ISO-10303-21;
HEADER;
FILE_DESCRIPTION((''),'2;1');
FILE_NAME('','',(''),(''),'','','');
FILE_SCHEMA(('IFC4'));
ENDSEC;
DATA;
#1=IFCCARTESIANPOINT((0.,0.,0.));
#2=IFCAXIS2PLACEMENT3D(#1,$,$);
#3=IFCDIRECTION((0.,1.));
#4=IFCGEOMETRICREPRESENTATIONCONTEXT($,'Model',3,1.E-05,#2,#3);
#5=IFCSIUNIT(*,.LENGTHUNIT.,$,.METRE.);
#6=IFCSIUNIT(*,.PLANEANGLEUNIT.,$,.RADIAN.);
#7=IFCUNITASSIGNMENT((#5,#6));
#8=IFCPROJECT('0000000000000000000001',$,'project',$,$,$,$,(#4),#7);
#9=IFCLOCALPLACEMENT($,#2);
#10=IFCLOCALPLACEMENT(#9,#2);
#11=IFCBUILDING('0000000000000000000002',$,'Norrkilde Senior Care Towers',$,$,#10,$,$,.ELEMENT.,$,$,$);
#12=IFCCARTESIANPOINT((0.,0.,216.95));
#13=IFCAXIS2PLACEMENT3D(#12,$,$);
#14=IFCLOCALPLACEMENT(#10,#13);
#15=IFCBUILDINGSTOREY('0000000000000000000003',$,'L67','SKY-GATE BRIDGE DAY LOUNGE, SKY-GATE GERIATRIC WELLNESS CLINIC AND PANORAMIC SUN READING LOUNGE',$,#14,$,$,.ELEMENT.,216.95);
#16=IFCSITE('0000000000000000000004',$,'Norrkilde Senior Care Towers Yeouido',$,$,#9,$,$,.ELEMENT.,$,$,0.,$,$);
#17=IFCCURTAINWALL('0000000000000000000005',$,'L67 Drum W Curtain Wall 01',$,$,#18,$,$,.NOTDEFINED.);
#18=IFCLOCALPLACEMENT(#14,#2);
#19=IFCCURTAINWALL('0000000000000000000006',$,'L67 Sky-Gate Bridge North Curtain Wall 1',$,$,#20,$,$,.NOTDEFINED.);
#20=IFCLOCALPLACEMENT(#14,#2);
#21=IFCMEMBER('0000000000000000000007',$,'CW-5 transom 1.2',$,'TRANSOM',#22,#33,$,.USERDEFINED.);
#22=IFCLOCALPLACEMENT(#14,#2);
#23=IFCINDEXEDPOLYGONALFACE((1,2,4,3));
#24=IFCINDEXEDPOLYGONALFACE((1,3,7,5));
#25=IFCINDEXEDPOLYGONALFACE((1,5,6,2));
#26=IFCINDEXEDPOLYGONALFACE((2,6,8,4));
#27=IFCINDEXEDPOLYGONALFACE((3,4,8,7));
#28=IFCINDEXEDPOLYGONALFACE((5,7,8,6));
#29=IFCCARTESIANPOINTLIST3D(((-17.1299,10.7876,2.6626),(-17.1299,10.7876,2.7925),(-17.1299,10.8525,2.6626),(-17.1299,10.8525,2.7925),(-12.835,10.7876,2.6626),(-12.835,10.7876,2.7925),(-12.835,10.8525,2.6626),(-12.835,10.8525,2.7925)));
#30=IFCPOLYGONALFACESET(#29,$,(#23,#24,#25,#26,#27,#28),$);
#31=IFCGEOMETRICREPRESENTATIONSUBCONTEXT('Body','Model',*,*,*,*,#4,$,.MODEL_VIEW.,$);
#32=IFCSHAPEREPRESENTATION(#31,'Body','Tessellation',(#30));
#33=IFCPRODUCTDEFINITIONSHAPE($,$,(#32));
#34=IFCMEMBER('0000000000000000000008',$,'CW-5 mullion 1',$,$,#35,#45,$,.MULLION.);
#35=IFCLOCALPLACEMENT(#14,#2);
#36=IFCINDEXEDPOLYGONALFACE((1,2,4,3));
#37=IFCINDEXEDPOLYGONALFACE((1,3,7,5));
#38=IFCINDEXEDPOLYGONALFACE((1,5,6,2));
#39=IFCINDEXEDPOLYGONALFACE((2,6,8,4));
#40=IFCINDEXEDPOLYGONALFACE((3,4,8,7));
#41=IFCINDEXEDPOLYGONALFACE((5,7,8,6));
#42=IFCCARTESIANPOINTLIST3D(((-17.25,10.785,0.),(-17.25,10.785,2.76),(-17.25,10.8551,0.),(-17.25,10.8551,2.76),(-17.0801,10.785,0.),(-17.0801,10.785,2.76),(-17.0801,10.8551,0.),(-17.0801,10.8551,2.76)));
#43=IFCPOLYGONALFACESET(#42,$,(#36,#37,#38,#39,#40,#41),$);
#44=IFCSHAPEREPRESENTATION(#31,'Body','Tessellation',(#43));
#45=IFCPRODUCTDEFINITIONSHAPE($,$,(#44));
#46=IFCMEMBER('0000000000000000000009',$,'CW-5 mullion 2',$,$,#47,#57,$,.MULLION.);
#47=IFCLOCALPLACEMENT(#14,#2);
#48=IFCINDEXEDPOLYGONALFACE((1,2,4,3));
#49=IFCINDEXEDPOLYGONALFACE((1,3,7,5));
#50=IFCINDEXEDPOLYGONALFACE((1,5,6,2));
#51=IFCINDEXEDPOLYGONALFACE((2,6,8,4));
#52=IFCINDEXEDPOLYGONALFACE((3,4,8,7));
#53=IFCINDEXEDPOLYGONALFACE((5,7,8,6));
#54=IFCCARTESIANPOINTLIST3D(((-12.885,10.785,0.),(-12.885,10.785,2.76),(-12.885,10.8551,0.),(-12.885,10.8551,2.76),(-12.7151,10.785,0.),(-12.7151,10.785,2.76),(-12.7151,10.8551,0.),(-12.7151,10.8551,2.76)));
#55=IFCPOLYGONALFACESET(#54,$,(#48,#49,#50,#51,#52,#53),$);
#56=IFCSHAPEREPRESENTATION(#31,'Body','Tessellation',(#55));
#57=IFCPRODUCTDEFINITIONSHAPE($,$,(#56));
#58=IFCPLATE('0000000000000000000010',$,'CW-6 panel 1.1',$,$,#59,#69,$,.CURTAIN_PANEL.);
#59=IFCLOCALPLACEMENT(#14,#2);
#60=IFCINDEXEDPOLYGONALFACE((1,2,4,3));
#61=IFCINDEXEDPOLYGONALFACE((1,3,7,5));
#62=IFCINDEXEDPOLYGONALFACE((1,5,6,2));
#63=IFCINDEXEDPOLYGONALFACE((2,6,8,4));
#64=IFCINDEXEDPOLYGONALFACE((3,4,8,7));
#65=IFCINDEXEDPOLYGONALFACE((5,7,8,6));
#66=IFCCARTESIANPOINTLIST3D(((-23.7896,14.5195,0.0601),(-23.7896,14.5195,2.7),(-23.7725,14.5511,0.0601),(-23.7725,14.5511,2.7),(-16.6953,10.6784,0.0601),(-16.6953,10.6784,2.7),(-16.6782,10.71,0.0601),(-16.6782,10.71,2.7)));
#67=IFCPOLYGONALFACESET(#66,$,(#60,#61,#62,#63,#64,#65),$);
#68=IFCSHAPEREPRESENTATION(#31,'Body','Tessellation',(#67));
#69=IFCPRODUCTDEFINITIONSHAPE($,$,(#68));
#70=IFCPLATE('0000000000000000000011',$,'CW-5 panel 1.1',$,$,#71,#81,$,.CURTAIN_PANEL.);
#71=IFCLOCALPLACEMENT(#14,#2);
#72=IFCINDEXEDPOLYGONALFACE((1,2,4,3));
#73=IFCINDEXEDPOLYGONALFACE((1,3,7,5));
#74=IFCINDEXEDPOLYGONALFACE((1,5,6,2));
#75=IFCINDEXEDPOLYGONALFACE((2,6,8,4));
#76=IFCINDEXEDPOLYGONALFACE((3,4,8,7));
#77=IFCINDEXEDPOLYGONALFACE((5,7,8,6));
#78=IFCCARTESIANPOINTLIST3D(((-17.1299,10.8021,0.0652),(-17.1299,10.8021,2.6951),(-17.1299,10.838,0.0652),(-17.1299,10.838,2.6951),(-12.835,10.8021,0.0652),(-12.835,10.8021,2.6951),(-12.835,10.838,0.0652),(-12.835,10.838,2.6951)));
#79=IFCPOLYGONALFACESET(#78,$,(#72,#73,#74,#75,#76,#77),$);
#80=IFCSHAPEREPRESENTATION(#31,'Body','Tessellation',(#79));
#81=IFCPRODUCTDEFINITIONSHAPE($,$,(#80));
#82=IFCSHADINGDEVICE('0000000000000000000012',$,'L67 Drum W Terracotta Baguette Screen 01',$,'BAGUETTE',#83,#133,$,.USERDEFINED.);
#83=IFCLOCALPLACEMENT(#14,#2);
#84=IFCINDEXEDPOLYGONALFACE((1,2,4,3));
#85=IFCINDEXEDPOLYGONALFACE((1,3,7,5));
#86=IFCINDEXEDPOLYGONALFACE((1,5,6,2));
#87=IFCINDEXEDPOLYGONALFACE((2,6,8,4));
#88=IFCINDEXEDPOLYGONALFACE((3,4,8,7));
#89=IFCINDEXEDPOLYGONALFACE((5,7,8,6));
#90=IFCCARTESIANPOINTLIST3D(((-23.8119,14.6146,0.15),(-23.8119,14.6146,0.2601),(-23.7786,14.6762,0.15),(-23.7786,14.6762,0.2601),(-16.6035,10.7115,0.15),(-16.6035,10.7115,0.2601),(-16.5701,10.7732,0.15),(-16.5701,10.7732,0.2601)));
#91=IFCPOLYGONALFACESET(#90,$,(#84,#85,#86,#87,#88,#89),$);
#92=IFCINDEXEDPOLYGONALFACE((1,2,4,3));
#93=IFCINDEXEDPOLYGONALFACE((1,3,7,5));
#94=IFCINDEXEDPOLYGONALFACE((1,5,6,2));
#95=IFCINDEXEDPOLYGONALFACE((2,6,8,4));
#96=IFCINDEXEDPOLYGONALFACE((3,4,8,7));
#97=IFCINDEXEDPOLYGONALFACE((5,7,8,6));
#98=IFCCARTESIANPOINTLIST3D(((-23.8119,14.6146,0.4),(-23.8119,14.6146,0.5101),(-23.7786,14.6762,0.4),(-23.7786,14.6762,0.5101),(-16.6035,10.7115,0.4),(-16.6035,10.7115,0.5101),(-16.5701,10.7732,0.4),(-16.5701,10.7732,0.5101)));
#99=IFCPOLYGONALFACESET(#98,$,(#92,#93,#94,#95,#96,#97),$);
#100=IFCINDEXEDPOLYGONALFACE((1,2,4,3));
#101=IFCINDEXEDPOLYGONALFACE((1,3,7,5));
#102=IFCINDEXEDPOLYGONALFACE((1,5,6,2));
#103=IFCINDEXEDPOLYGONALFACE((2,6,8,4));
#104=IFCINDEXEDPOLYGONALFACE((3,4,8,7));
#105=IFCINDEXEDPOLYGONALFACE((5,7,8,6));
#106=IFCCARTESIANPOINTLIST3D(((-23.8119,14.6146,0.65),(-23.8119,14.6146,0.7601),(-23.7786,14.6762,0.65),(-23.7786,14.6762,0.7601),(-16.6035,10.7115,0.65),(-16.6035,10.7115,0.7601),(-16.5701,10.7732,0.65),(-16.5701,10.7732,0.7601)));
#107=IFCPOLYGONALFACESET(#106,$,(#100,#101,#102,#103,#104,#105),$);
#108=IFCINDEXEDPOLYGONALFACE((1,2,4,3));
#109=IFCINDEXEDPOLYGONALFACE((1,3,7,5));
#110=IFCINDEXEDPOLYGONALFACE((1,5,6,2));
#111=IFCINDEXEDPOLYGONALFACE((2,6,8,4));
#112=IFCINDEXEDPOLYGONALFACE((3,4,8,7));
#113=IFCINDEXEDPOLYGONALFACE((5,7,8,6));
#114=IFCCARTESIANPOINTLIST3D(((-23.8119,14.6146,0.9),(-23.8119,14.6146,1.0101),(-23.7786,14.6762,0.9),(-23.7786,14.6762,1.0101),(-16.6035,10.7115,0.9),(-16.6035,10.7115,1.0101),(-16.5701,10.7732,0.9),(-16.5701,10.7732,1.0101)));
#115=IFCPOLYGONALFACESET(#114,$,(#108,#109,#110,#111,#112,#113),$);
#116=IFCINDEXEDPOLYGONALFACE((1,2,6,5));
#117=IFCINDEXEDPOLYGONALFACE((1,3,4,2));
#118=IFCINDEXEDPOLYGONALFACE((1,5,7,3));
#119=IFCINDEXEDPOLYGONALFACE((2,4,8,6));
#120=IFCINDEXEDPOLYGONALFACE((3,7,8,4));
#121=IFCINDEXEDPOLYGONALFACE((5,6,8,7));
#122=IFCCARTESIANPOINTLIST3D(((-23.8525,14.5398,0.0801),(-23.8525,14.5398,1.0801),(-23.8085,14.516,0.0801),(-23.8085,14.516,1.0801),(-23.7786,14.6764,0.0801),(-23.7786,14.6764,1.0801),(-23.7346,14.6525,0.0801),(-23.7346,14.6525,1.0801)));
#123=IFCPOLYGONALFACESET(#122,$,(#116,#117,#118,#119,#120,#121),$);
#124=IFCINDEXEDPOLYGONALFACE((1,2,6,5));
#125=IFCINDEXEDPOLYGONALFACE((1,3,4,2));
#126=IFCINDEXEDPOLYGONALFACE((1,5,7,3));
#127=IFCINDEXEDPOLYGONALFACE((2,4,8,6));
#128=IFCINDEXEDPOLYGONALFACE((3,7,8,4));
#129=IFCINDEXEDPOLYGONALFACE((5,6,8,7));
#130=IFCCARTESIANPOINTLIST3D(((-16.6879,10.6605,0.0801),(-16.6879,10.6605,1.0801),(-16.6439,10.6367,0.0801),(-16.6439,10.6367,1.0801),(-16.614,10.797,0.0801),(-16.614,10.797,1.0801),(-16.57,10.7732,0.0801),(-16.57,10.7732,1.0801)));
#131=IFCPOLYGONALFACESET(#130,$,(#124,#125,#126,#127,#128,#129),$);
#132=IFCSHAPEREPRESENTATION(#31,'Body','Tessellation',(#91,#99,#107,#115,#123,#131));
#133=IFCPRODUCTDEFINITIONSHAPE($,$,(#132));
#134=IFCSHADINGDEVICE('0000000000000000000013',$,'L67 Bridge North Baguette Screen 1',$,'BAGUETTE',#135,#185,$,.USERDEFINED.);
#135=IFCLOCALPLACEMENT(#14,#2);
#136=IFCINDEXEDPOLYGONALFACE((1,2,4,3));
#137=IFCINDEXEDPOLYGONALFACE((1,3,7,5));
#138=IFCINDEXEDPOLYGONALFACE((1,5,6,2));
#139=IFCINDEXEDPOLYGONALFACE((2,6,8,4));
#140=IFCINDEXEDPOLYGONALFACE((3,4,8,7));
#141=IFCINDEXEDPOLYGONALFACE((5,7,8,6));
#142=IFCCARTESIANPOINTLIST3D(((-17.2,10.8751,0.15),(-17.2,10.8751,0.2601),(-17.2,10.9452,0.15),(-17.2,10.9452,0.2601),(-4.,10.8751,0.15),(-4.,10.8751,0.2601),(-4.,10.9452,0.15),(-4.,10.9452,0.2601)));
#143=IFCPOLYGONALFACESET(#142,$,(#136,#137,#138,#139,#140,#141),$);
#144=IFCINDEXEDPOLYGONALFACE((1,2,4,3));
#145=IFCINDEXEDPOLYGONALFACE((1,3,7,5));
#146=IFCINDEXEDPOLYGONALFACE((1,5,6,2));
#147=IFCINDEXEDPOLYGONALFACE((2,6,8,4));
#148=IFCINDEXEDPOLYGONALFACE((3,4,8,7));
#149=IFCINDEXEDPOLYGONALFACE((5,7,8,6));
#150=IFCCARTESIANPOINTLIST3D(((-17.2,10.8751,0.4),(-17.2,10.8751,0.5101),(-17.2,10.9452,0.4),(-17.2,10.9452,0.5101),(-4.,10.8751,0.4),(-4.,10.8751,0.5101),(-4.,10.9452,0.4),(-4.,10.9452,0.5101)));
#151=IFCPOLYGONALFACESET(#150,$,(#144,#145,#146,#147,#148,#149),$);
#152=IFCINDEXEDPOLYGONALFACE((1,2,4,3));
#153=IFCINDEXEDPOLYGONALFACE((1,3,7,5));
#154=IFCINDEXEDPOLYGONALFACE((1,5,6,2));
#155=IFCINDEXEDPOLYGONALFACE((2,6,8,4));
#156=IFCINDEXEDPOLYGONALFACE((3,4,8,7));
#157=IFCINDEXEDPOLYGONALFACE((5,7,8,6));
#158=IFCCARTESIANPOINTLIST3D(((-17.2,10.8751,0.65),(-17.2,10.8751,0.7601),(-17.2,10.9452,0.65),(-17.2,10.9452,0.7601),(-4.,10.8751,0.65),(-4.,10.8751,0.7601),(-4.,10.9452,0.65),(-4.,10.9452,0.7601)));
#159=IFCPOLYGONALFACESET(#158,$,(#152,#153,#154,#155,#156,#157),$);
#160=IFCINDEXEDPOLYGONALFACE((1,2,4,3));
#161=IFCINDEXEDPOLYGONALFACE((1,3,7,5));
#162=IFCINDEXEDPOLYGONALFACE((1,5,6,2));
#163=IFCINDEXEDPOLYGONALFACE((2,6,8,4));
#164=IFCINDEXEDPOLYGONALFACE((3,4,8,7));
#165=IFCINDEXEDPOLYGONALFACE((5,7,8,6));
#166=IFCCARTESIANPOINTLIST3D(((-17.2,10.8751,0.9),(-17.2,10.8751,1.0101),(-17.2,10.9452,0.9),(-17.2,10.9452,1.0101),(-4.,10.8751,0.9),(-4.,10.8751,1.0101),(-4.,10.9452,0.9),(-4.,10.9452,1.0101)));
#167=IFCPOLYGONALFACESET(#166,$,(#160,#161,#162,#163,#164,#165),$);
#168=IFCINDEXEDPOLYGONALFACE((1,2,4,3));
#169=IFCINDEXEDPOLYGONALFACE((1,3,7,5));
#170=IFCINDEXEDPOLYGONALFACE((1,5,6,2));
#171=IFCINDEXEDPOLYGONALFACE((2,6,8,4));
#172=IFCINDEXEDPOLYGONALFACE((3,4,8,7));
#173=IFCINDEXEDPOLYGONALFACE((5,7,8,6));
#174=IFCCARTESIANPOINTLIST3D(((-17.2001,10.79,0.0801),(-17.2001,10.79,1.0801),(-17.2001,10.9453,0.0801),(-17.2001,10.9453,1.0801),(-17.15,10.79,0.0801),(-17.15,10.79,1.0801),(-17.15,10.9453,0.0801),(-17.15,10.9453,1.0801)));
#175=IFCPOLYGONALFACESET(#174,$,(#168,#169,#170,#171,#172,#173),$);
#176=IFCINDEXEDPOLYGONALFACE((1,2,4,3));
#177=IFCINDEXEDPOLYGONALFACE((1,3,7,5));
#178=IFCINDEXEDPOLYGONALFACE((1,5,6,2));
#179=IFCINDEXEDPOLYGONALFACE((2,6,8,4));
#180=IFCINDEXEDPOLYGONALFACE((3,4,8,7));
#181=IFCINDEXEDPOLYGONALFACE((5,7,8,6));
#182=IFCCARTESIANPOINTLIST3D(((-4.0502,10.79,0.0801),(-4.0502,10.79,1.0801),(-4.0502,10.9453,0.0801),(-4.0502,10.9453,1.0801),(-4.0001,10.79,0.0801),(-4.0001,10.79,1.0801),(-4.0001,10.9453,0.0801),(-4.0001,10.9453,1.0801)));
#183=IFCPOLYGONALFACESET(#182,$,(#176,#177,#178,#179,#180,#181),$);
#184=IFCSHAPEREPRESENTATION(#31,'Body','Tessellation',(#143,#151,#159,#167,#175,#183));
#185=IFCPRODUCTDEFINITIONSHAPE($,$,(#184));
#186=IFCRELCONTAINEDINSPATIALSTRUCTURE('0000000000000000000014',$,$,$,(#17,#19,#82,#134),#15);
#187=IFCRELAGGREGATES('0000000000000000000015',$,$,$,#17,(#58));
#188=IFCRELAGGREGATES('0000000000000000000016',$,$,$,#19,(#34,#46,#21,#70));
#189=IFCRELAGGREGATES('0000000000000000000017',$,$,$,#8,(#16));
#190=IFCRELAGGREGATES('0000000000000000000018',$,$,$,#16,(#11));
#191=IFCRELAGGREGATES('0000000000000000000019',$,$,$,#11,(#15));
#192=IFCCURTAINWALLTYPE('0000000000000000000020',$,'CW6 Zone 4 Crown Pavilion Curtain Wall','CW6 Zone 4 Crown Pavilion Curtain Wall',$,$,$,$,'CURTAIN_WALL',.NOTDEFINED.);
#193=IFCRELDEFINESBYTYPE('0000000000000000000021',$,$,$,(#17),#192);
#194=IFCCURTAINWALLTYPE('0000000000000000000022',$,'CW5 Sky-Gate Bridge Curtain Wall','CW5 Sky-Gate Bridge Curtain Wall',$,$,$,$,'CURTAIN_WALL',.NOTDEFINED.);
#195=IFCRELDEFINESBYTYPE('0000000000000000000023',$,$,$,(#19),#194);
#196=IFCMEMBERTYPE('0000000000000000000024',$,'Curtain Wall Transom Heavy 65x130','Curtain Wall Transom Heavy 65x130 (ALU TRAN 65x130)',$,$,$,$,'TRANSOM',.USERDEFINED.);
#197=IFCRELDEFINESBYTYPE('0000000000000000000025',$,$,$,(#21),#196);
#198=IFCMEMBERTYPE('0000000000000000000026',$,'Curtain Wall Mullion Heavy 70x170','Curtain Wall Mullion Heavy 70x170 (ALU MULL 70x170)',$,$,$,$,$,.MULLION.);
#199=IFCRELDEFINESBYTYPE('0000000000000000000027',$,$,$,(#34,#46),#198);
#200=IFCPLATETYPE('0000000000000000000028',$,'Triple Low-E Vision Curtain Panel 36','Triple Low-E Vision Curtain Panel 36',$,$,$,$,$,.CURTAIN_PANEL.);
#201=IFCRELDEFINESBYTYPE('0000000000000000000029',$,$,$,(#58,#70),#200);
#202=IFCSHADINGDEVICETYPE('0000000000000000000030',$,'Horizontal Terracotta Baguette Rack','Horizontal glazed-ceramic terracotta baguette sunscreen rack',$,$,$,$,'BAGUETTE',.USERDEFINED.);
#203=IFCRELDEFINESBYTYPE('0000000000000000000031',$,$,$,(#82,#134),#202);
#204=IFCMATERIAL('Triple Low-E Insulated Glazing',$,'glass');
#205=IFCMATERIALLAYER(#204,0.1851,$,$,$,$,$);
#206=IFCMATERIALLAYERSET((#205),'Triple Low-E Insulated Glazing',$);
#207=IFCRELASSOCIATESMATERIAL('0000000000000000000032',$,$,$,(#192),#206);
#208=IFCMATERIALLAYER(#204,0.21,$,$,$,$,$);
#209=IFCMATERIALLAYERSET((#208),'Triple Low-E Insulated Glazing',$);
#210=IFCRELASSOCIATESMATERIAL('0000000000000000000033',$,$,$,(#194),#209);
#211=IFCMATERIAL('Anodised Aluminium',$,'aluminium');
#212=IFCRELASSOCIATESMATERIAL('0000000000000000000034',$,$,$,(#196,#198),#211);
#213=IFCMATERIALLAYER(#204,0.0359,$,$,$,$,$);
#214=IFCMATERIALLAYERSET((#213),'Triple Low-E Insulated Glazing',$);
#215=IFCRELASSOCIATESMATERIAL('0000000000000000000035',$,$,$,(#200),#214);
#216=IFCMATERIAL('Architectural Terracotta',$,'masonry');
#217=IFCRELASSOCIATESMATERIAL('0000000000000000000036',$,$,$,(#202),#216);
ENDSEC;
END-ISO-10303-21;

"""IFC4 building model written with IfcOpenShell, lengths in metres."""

from ifc_helpers import new_model, si_unit, direction, frame, origin, origin_2d, place, context, subcontext, project, spatial, rectangle, extrude, source, transform, mapped, material, layer, layer_set, material_profile, profile_set, type_object, type_shapes, element, aggregate, save


model = new_model("IFC4")

# Units and contexts
model_context = context("Model", 3, precision=1e-05, world=origin(), true_north=direction((0.0, 1.0)))
body_context = subcontext(model_context, "Body", "Model", "MODEL_VIEW")
ifc_project = project(units=[si_unit("LENGTHUNIT", "METRE"), si_unit("PLANEANGLEUNIT", "RADIAN")], contexts=[model_context])

# Site, building, storey
site_placement = place(None, origin())
site = spatial("IfcSite", under=ifc_project, at=site_placement, Name="Norrkilde Senior Care Towers Yeouido", CompositionType="ELEMENT", RefElevation=0.0)
building_placement = place(site_placement, origin())
building = spatial("IfcBuilding", under=site, at=building_placement, Name="Norrkilde Senior Care Towers", CompositionType="ELEMENT")
storey_placement = place(building_placement, frame((0.0, 0.0, 216.95)))
storey = spatial("IfcBuildingStorey", under=building, at=storey_placement, Name="L67", Description="SKY-GATE BRIDGE DAY LOUNGE, SKY-GATE GERIATRIC WELLNESS CLINIC AND PANORAMIC SUN READING LOUNGE", CompositionType="ELEMENT", Elevation=216.95)

# Curtain wall
ifc_material_1 = material(Name="Triple Low-E Insulated Glazing", Category="glass")
ifc_layer_1 = layer(ifc_material_1, 0.1851)
ifc_layer_set_1 = layer_set([ifc_layer_1], Name="Triple Low-E Insulated Glazing")
curtain_wall_type_1 = type_object("IfcCurtainWallType", Name="CW6 Zone 4 Crown Pavilion Curtain Wall", Description="CW6 Zone 4 Crown Pavilion Curtain Wall", ElementType="CURTAIN_WALL", PredefinedType="NOTDEFINED", material=ifc_layer_set_1)
curtain_wall_1_placement = place(storey_placement, origin())
curtain_wall_1 = element("IfcCurtainWall", 1, at=curtain_wall_1_placement, inside=storey, type_object=curtain_wall_type_1, Name="L67 Drum W Curtain Wall 01", PredefinedType="NOTDEFINED")
ifc_material_2 = material(Name="Anodised Aluminium", Category="aluminium")

# Curtain wall, members
ifc_layer_2 = layer(ifc_material_1, 0.21)
ifc_layer_set_2 = layer_set([ifc_layer_2], Name="Triple Low-E Insulated Glazing")
curtain_wall_type_2 = type_object("IfcCurtainWallType", Name="CW5 Sky-Gate Bridge Curtain Wall", Description="CW5 Sky-Gate Bridge Curtain Wall", ElementType="CURTAIN_WALL", PredefinedType="NOTDEFINED", material=ifc_layer_set_2)
curtain_wall_2_placement = place(storey_placement, origin())
curtain_wall_2 = element("IfcCurtainWall", 2, at=curtain_wall_2_placement, inside=storey, type_object=curtain_wall_type_2, Name="L67 Sky-Gate Bridge North Curtain Wall 1", PredefinedType="NOTDEFINED")
ifc_material_profile_1 = material_profile(ifc_material_2, rectangle(XDim=0.0649, YDim=0.1299, at=origin_2d()), Name="ALU TRAN 65x130")
ifc_profile_set_1 = profile_set([ifc_material_profile_1], Name="Anodised Aluminium")
member_type_1 = type_object("IfcMemberType", Name="Curtain Wall Transom Heavy 65x130", Description="Curtain Wall Transom Heavy 65x130 (ALU TRAN 65x130)", ElementType="TRANSOM", PredefinedType="USERDEFINED", material=ifc_profile_set_1)
shared_shape_1 = source(origin(), body_context, "Body", "SweptSolid", [
    extrude(rectangle(XDim=0.0649, YDim=0.1299, at=origin_2d()), origin(), (0.0, 0.0, 1.0), 4.2949),
])
type_shapes(member_type_1, [shared_shape_1])
member_1_placement = place(storey_placement, frame((-17.1299, 10.8201, 2.7275), z_axis=(1.0, 0.0, 0.0), x_axis=(0.0, 1.0, 0.0)))
member_1 = element("IfcMember", 3, at=member_1_placement, type_object=member_type_1, Name="CW-5 transom 1.2", ObjectType="TRANSOM", PredefinedType="USERDEFINED", context=body_context, shape_type="MappedRepresentation", body=[
    mapped(shared_shape_1, transform((0.0, 0.0, 0.0), x_axis=(1.0, 0.0, 0.0), y_axis=(0.0, 1.0, 0.0), z_axis=(0.0, 0.0, 1.0), scale=1.0)),
])
ifc_material_profile_2 = material_profile(ifc_material_2, rectangle(XDim=0.0701, YDim=0.1699, at=origin_2d()), Name="ALU MULL 70x170")
ifc_profile_set_2 = profile_set([ifc_material_profile_2], Name="Anodised Aluminium")
member_type_2 = type_object("IfcMemberType", Name="Curtain Wall Mullion Heavy 70x170", Description="Curtain Wall Mullion Heavy 70x170 (ALU MULL 70x170)", PredefinedType="MULLION", material=ifc_profile_set_2)
shared_shape_2 = source(origin(), body_context, "Body", "SweptSolid", [
    extrude(rectangle(XDim=0.0701, YDim=0.1699, at=origin_2d()), origin(), (0.0, 0.0, 1.0), 2.76),
])
type_shapes(member_type_2, [shared_shape_2])
member_2_placement = place(storey_placement, frame((-17.165, 10.8201, 0.0), z_axis=(0.0, 0.0, 1.0), x_axis=(0.0, 1.0, 0.0)))
member_2 = element("IfcMember", 4, at=member_2_placement, type_object=member_type_2, Name="CW-5 mullion 1", PredefinedType="MULLION", context=body_context, shape_type="MappedRepresentation", body=[
    mapped(shared_shape_2, transform((0.0, 0.0, 0.0), x_axis=(1.0, 0.0, 0.0), y_axis=(0.0, 1.0, 0.0), z_axis=(0.0, 0.0, 1.0), scale=1.0)),
])
member_3_placement = place(storey_placement, frame((-12.8, 10.8201, 0.0), z_axis=(0.0, 0.0, 1.0), x_axis=(0.0, 1.0, 0.0)))
member_3 = element("IfcMember", 5, at=member_3_placement, type_object=member_type_2, Name="CW-5 mullion 2", PredefinedType="MULLION", context=body_context, shape_type="MappedRepresentation", body=[
    mapped(shared_shape_2, transform((0.0, 0.0, 0.0), x_axis=(1.0, 0.0, 0.0), y_axis=(0.0, 1.0, 0.0), z_axis=(0.0, 0.0, 1.0), scale=1.0)),
])

# Plates
ifc_layer_3 = layer(ifc_material_1, 0.0359)
ifc_layer_set_3 = layer_set([ifc_layer_3], Name="Triple Low-E Insulated Glazing")
plate_type = type_object("IfcPlateType", Name="Triple Low-E Vision Curtain Panel 36", Description="Triple Low-E Vision Curtain Panel 36", PredefinedType="CURTAIN_PANEL", material=ifc_layer_set_3)
shared_shape_3 = source(origin(), body_context, "Body", "SweptSolid", [
    extrude(rectangle(XDim=8.0674, YDim=0.0359, at=origin_2d()), origin(), (0.0, 0.0, 1.0), 2.6399),
])
plate_1_placement = place(storey_placement, frame((-20.2339, 12.6147, 0.0601), z_axis=(0.0, 0.0, 1.0), x_axis=(0.879373, -0.476133, 0.0)))
plate_1 = element("IfcPlate", 6, at=plate_1_placement, type_object=plate_type, Name="CW-6 panel 1.1", PredefinedType="CURTAIN_PANEL", context=body_context, shape_type="MappedRepresentation", body=[
    mapped(shared_shape_3, transform((0.0, 0.0, 0.0), x_axis=(1.0, 0.0, 0.0), y_axis=(0.0, 1.0, 0.0), z_axis=(0.0, 0.0, 1.0), scale=1.0)),
])
aggregate(curtain_wall_1, [plate_1])
shared_shape_4 = source(origin(), body_context, "Body", "SweptSolid", [
    extrude(rectangle(XDim=4.2949, YDim=0.0359, at=origin_2d()), origin(), (0.0, 0.0, 1.0), 2.6299),
])
type_shapes(plate_type, [shared_shape_3, shared_shape_4])
plate_2_placement = place(storey_placement, frame((-14.9824, 10.8201, 0.0652), z_axis=(0.0, 0.0, 1.0), x_axis=(1.0, 0.0, 0.0)))
plate_2 = element("IfcPlate", 7, at=plate_2_placement, type_object=plate_type, Name="CW-5 panel 1.1", PredefinedType="CURTAIN_PANEL", context=body_context, shape_type="MappedRepresentation", body=[
    mapped(shared_shape_4, transform((0.0, 0.0, 0.0), x_axis=(1.0, 0.0, 0.0), y_axis=(0.0, 1.0, 0.0), z_axis=(0.0, 0.0, 1.0), scale=1.0)),
])
aggregate(curtain_wall_2, [member_2, member_3, member_1, plate_2])

# Shading devices
ifc_material_3 = material(Name="Architectural Terracotta", Category="masonry")
shading_device_type = type_object("IfcShadingDeviceType", Name="Horizontal Terracotta Baguette Rack", Description="Horizontal glazed-ceramic terracotta baguette sunscreen rack", ElementType="BAGUETTE", PredefinedType="USERDEFINED", material=ifc_material_3)
shared_shape_5 = source(origin(), body_context, "Body", "SweptSolid", [
    extrude(rectangle(XDim=0.0701, YDim=0.1101, at=origin_2d()), frame((0.0, 0.0901, 0.125), z_axis=(1.0, 0.0, 0.0), x_axis=(0.0, 1.0, 0.0)), (0.0, 0.0, 1.0), 8.1973),
    extrude(rectangle(XDim=0.0701, YDim=0.1101, at=origin_2d()), frame((0.0, 0.0901, 0.375), z_axis=(1.0, 0.0, 0.0), x_axis=(0.0, 1.0, 0.0)), (0.0, 0.0, 1.0), 8.1973),
    extrude(rectangle(XDim=0.0701, YDim=0.1101, at=origin_2d()), frame((0.0, 0.0901, 0.625), z_axis=(1.0, 0.0, 0.0), x_axis=(0.0, 1.0, 0.0)), (0.0, 0.0, 1.0), 8.1973),
    extrude(rectangle(XDim=0.0701, YDim=0.1101, at=origin_2d()), frame((0.0, 0.0901, 0.875), z_axis=(1.0, 0.0, 0.0), x_axis=(0.0, 1.0, 0.0)), (0.0, 0.0, 1.0), 8.1973),
    extrude(rectangle(XDim=0.05, YDim=0.1553, at=origin_2d()), frame((0.0249, 0.0476, 0.0)), (0.0, 0.0, 1.0), 1.0),
    extrude(rectangle(XDim=0.05, YDim=0.1553, at=origin_2d()), frame((8.1724, 0.0476, 0.0)), (0.0, 0.0, 1.0), 1.0),
])
shading_device_1_placement = place(storey_placement, frame((-23.8381, 14.5662, 0.0801), z_axis=(0.0, 0.0, 1.0), x_axis=(0.879378, -0.476144, 0.0)))
element("IfcShadingDevice", 8, at=shading_device_1_placement, inside=storey, type_object=shading_device_type, Name="L67 Drum W Terracotta Baguette Screen 01", ObjectType="BAGUETTE", PredefinedType="USERDEFINED", context=body_context, shape_type="MappedRepresentation", body=[
    mapped(shared_shape_5, transform((0.0, 0.0, 0.0), x_axis=(1.0, 0.0, 0.0), y_axis=(0.0, 1.0, 0.0), z_axis=(0.0, 0.0, 1.0), scale=1.0)),
])
shared_shape_6 = source(origin(), body_context, "Body", "SweptSolid", [
    extrude(rectangle(XDim=0.0701, YDim=0.1101, at=origin_2d()), frame((0.0, 0.0901, 0.125), z_axis=(1.0, 0.0, 0.0), x_axis=(0.0, 1.0, 0.0)), (0.0, 0.0, 1.0), 13.2),
    extrude(rectangle(XDim=0.0701, YDim=0.1101, at=origin_2d()), frame((0.0, 0.0901, 0.375), z_axis=(1.0, 0.0, 0.0), x_axis=(0.0, 1.0, 0.0)), (0.0, 0.0, 1.0), 13.2),
    extrude(rectangle(XDim=0.0701, YDim=0.1101, at=origin_2d()), frame((0.0, 0.0901, 0.625), z_axis=(1.0, 0.0, 0.0), x_axis=(0.0, 1.0, 0.0)), (0.0, 0.0, 1.0), 13.2),
    extrude(rectangle(XDim=0.0701, YDim=0.1101, at=origin_2d()), frame((0.0, 0.0901, 0.875), z_axis=(1.0, 0.0, 0.0), x_axis=(0.0, 1.0, 0.0)), (0.0, 0.0, 1.0), 13.2),
    extrude(rectangle(XDim=0.05, YDim=0.1553, at=origin_2d()), frame((0.0249, 0.0476, 0.0)), (0.0, 0.0, 1.0), 1.0),
    extrude(rectangle(XDim=0.05, YDim=0.1553, at=origin_2d()), frame((13.1748, 0.0476, 0.0)), (0.0, 0.0, 1.0), 1.0),
])
type_shapes(shading_device_type, [shared_shape_5, shared_shape_6])
shading_device_2_placement = place(storey_placement, frame((-17.2, 10.8201, 0.0801), z_axis=(0.0, 0.0, 1.0), x_axis=(1.0, 0.0, 0.0)))
element("IfcShadingDevice", 9, at=shading_device_2_placement, inside=storey, type_object=shading_device_type, Name="L67 Bridge North Baguette Screen 1", ObjectType="BAGUETTE", PredefinedType="USERDEFINED", context=body_context, shape_type="MappedRepresentation", body=[
    mapped(shared_shape_6, transform((0.0, 0.0, 0.0), x_axis=(1.0, 0.0, 0.0), y_axis=(0.0, 1.0, 0.0), z_axis=(0.0, 0.0, 1.0), scale=1.0)),
])

save(model, "model.ifc")
